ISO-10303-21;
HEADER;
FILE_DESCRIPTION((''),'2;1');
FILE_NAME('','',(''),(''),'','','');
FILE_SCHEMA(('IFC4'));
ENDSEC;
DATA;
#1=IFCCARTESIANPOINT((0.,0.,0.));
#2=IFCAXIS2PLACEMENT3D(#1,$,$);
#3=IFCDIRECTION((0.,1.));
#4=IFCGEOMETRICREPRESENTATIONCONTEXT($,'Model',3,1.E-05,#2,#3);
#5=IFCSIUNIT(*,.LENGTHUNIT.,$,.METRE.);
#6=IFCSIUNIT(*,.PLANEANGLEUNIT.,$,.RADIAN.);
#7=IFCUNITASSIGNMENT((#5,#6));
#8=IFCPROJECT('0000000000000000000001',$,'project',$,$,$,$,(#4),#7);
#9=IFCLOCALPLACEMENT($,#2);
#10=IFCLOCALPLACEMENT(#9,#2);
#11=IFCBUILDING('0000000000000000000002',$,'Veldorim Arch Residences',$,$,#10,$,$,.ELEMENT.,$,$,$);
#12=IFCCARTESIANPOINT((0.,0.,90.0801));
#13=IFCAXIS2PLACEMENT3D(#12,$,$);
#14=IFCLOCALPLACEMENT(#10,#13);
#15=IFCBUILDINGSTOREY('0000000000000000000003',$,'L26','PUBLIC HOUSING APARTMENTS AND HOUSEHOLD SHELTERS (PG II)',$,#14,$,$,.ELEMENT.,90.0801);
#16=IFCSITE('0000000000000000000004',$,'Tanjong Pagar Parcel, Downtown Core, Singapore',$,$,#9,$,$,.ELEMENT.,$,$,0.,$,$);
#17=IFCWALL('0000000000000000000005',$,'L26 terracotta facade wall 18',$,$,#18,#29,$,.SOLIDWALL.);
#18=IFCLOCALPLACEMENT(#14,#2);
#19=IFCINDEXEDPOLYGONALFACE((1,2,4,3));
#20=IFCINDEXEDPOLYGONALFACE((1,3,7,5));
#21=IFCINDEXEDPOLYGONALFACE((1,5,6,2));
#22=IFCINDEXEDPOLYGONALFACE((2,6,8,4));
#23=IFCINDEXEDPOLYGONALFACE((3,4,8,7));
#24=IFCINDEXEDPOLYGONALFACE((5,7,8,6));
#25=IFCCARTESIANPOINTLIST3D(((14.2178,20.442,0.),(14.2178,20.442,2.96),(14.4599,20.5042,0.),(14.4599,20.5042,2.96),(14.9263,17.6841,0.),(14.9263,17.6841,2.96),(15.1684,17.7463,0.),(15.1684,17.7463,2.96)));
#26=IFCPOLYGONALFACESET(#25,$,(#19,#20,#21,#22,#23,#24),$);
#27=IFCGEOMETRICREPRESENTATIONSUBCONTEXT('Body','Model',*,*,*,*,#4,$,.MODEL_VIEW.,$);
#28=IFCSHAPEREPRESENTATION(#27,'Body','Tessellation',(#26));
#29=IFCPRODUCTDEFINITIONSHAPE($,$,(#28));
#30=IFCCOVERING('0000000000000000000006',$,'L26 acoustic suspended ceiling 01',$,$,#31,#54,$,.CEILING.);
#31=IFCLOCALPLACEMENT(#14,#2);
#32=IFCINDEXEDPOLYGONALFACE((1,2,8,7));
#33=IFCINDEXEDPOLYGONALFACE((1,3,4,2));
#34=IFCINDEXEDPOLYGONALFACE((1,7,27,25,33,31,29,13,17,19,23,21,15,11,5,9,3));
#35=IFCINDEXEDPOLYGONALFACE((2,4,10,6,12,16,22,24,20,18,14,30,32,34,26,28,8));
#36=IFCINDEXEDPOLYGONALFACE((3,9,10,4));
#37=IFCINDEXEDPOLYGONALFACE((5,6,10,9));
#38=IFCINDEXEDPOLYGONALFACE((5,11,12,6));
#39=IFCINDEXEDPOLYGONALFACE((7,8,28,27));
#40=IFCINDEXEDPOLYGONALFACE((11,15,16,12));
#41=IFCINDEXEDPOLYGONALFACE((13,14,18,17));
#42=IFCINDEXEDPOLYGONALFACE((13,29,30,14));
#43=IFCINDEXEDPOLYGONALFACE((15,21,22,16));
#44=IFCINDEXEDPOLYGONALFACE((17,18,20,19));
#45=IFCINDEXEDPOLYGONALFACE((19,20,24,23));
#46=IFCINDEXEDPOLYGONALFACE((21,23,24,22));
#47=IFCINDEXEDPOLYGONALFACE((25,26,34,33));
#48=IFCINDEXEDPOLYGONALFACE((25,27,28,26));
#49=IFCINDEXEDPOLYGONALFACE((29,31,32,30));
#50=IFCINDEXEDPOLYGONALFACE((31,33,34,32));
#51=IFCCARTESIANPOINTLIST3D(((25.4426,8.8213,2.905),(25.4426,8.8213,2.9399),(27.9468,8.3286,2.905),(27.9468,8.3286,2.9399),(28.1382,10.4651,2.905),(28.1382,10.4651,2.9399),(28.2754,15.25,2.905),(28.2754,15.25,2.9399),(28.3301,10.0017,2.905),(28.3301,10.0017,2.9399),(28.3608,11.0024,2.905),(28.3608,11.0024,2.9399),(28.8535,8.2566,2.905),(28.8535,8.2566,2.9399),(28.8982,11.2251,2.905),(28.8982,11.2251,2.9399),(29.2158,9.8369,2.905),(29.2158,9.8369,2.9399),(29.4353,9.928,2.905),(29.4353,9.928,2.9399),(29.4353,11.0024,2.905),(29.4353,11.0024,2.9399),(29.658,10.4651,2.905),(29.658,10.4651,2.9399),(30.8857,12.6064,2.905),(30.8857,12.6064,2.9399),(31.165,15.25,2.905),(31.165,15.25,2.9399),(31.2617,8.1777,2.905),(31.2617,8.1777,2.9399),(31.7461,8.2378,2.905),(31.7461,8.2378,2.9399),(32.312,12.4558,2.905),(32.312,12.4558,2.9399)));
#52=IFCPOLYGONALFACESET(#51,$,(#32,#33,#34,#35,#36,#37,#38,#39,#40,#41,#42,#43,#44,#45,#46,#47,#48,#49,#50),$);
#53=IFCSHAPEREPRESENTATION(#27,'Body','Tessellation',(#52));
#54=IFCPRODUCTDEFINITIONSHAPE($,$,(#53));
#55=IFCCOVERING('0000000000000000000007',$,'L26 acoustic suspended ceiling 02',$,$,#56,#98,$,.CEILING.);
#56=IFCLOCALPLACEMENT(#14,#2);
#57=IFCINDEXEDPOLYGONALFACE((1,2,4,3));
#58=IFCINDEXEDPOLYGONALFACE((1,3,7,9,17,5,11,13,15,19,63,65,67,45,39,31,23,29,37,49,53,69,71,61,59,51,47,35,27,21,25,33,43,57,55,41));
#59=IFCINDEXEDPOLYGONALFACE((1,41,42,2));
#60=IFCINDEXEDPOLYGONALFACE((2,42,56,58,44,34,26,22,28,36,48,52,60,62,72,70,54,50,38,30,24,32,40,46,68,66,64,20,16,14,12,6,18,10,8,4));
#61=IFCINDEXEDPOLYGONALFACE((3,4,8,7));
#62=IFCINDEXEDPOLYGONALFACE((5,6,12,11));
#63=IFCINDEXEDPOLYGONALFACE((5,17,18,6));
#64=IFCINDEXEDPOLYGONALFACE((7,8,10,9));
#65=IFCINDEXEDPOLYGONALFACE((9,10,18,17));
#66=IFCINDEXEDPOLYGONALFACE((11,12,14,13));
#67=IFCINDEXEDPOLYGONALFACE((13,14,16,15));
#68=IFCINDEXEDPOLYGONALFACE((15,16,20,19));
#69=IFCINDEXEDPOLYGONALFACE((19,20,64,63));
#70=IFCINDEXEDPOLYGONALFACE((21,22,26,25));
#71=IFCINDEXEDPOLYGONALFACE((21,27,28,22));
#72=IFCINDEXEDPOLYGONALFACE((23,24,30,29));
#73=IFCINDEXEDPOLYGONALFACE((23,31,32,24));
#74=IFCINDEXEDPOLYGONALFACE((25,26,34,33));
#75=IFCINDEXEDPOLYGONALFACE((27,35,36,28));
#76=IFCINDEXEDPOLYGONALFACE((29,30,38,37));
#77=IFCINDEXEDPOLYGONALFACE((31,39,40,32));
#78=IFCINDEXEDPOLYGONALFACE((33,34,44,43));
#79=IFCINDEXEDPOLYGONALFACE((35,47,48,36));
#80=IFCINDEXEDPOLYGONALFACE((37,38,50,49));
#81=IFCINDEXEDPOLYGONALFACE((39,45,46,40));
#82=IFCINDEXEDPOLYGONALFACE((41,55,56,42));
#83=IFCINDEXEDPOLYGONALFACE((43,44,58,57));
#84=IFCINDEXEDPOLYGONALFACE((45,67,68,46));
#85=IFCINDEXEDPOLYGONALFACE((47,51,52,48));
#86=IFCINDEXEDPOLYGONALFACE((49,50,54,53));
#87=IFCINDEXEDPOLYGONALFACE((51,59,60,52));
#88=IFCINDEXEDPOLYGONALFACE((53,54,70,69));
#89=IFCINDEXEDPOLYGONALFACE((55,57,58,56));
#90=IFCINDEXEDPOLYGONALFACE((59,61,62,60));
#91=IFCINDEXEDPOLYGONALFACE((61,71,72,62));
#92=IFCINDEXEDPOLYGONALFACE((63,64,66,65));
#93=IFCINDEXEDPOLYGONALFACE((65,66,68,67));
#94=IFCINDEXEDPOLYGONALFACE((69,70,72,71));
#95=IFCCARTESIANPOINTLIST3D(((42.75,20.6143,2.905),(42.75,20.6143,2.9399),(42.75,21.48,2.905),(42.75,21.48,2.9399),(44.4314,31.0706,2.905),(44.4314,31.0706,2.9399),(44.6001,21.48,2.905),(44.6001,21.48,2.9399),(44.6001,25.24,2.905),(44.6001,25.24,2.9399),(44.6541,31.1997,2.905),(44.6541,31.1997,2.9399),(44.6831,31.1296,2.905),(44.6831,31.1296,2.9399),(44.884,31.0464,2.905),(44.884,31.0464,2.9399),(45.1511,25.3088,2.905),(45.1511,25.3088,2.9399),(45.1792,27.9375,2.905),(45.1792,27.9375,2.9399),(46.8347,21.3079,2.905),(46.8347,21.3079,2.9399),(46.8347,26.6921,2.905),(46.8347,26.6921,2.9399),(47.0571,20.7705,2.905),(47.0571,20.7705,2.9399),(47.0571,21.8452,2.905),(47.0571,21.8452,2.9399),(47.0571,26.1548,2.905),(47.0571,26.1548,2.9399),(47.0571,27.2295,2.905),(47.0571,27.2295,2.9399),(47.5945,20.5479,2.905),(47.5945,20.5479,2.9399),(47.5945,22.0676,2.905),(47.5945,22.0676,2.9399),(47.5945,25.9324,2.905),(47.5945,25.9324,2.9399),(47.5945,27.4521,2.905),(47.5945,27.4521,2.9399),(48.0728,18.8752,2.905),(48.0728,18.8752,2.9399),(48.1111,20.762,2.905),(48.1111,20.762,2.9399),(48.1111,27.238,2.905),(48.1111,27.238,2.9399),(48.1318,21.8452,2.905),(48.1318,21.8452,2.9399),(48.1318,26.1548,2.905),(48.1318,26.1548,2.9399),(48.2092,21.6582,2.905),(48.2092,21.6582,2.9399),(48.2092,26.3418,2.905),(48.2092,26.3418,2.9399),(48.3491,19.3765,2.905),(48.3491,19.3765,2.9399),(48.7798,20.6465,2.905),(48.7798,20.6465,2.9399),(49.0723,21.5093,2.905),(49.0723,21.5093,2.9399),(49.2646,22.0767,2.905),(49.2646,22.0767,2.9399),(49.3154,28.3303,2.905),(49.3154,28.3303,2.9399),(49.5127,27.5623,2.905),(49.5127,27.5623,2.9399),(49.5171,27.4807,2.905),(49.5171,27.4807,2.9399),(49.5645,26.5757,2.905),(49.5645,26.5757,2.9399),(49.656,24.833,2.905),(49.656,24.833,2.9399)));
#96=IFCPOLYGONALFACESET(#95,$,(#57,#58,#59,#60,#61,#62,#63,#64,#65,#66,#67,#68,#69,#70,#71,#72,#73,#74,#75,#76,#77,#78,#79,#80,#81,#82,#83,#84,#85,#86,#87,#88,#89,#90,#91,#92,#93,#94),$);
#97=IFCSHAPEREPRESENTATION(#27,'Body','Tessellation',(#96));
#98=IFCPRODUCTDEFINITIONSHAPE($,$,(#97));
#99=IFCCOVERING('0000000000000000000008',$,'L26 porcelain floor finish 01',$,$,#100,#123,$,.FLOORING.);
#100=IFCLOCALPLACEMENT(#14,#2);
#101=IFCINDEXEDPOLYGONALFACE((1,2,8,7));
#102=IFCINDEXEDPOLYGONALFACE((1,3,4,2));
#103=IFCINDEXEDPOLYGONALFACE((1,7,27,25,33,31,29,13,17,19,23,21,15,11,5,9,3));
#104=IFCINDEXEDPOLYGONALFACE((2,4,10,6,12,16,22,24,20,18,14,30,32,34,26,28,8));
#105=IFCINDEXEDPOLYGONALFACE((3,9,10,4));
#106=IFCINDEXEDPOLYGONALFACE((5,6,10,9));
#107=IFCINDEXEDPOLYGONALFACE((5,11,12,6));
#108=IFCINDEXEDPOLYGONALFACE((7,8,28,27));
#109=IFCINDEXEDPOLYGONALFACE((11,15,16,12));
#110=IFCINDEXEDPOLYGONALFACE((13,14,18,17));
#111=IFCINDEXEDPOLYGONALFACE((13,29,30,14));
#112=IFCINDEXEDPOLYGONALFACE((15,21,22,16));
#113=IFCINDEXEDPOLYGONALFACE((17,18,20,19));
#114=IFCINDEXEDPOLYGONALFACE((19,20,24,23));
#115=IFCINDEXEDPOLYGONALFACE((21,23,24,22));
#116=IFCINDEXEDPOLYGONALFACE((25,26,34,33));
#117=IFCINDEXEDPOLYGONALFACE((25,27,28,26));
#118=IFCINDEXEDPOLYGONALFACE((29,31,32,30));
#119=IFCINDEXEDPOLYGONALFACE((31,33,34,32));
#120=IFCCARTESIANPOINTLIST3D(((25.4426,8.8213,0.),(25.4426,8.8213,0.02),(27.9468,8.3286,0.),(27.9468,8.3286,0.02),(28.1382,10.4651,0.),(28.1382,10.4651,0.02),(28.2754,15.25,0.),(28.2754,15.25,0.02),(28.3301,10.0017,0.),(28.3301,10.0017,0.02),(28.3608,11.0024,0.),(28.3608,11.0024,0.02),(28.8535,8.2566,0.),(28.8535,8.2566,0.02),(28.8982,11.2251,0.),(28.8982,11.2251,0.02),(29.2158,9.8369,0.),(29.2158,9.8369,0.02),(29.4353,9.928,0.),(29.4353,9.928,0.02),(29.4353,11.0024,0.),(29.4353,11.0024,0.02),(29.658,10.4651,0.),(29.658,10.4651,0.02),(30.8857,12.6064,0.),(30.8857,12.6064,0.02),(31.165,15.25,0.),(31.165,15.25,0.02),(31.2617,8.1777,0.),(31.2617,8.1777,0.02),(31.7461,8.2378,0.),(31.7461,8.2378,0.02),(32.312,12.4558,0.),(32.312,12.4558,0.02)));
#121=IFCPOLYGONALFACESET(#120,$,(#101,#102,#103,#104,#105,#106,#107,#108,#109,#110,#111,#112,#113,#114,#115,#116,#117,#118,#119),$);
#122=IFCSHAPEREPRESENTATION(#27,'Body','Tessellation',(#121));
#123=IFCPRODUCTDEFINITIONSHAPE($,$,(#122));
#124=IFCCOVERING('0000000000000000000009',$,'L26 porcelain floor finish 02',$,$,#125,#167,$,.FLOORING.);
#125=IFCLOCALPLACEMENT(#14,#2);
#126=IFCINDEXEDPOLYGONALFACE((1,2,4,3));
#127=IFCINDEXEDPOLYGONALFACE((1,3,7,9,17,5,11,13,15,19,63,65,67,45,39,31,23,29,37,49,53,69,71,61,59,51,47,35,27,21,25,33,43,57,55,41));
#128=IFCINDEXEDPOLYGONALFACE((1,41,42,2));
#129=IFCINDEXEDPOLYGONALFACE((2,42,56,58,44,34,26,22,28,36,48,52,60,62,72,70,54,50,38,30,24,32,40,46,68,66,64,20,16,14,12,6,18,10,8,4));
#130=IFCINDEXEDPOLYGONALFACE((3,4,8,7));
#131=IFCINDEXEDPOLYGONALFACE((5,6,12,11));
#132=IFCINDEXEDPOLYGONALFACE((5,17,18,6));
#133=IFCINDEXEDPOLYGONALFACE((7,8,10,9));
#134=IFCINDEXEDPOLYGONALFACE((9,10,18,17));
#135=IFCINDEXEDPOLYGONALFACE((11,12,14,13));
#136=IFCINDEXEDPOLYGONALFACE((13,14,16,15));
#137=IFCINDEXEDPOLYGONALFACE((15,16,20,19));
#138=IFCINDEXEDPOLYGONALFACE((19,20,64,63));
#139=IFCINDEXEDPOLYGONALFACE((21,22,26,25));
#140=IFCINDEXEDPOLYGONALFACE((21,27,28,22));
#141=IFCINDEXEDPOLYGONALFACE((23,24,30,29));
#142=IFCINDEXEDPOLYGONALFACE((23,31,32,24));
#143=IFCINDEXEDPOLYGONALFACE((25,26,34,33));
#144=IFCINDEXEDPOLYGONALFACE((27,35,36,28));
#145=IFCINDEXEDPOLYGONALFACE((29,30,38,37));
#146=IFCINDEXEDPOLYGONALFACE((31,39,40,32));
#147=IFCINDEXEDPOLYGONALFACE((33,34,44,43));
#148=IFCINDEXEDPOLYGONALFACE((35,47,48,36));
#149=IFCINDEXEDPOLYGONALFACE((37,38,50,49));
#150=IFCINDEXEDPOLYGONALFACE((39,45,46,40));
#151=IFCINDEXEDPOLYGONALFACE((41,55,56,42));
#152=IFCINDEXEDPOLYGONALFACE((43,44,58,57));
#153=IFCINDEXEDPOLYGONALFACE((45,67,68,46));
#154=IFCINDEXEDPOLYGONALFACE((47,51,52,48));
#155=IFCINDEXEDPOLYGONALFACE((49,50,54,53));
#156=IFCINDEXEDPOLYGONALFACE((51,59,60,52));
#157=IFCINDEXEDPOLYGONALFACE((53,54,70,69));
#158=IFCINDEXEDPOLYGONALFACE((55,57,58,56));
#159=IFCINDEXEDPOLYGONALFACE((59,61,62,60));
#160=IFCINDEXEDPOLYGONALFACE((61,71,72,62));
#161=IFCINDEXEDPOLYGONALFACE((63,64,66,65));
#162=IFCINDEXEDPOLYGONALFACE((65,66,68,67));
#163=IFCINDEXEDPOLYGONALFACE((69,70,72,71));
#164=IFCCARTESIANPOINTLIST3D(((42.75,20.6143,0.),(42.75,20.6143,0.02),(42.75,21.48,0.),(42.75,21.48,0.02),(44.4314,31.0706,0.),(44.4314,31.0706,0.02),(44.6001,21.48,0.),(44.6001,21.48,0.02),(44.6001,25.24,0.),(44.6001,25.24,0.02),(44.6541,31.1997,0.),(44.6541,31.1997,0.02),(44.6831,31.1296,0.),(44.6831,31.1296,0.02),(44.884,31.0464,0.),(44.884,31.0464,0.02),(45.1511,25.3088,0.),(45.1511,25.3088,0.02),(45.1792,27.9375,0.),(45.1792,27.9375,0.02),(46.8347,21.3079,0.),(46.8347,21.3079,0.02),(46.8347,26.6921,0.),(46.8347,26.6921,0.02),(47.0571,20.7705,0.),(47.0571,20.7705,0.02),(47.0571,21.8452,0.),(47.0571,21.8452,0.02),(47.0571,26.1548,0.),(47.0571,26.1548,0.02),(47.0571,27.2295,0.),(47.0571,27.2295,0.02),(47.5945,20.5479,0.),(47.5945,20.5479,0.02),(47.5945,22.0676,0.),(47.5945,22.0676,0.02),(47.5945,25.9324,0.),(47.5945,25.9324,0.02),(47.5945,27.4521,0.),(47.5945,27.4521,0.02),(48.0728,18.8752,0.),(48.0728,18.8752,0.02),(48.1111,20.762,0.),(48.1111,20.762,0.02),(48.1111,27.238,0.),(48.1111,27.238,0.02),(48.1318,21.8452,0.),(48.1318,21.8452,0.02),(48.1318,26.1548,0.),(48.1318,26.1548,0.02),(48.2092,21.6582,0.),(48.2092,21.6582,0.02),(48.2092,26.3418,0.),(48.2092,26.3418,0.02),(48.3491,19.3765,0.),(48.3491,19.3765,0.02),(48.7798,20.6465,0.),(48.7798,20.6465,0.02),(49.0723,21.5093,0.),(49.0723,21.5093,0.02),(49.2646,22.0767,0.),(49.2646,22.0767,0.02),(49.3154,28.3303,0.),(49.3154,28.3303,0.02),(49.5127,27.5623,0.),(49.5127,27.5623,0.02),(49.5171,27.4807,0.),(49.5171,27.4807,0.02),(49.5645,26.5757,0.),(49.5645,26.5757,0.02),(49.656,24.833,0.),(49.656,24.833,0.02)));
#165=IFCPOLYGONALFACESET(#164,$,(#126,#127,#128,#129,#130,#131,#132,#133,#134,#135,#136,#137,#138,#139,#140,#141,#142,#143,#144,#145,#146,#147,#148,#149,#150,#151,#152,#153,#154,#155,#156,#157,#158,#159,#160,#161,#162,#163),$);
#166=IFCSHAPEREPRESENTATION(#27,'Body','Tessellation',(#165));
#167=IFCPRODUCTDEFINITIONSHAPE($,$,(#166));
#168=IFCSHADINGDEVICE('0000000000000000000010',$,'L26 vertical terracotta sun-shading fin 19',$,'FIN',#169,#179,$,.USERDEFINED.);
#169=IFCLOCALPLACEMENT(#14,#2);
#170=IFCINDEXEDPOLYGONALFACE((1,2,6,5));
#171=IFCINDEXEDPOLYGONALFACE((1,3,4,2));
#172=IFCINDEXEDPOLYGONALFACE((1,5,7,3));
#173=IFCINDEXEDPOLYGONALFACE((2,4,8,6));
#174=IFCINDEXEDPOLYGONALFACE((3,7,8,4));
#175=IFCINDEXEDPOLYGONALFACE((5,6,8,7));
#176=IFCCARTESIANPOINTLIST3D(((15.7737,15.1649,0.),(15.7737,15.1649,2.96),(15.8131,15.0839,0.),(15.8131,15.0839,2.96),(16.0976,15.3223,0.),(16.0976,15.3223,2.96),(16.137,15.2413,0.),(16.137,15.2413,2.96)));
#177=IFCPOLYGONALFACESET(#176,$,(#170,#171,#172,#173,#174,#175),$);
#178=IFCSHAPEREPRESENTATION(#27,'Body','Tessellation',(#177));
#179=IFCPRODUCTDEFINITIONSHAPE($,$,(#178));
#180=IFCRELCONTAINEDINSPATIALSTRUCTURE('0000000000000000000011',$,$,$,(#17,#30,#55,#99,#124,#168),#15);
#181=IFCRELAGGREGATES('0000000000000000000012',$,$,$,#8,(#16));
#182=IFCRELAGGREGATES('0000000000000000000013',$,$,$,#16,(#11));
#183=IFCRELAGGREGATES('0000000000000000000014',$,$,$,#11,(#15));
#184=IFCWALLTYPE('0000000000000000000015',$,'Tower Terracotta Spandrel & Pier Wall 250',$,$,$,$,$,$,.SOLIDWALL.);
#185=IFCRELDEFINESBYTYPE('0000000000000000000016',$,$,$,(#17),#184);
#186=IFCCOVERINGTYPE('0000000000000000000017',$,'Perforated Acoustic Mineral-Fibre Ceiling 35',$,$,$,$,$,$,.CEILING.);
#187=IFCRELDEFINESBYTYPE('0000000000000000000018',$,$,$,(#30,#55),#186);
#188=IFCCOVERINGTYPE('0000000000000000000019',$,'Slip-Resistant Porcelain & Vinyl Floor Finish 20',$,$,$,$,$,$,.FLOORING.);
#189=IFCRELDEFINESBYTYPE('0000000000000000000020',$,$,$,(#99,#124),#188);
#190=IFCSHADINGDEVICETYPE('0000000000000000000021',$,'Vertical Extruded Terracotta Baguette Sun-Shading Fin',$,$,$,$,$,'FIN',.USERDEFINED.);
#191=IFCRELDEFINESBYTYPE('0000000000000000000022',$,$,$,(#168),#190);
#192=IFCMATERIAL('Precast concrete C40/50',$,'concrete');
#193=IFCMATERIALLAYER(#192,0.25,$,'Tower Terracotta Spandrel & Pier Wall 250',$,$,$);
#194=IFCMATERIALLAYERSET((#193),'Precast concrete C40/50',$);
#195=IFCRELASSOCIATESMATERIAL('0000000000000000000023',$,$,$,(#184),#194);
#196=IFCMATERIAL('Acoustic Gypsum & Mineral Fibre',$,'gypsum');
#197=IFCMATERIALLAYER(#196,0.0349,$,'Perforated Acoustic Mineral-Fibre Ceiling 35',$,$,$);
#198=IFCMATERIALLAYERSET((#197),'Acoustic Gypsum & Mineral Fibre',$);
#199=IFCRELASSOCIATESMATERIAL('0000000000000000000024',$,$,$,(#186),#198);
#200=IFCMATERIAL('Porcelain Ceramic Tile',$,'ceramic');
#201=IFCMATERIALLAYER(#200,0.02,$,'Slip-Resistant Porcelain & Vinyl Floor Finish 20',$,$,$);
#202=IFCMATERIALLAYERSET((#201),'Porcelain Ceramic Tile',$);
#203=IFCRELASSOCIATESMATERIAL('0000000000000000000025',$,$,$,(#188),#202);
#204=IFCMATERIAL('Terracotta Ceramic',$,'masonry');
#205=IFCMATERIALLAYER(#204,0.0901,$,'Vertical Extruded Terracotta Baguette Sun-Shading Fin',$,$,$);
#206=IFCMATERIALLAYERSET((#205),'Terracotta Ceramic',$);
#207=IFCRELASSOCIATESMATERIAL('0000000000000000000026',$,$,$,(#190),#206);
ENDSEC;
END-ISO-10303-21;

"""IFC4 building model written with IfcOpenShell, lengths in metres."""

from ifc_helpers import new_model, si_unit, direction, frame, frame_2d, origin, origin_2d, place, context, subcontext, project, spatial, polyline, rectangle, outline, extrude, material, layer, layer_set, type_object, element, save


model = new_model("IFC4")

# Units and contexts
model_context = context("Model", 3, precision=1e-05, world=origin(), true_north=direction((0.0, 1.0)))
body_context = subcontext(model_context, "Body", "Model", "MODEL_VIEW")
ifc_project = project(units=[si_unit("LENGTHUNIT", "METRE"), si_unit("PLANEANGLEUNIT", "RADIAN")], contexts=[model_context])

# Site, building, storey
site_placement = place(None, origin())
site = spatial("IfcSite", under=ifc_project, at=site_placement, Name="Tanjong Pagar Parcel, Downtown Core, Singapore", CompositionType="ELEMENT", RefElevation=0.0)
building_placement = place(site_placement, origin())
building = spatial("IfcBuilding", under=site, at=building_placement, Name="Veldorim Arch Residences", CompositionType="ELEMENT")
storey_placement = place(building_placement, frame((0.0, 0.0, 90.0801)))
storey = spatial("IfcBuildingStorey", under=building, at=storey_placement, Name="L26", Description="PUBLIC HOUSING APARTMENTS AND HOUSEHOLD SHELTERS (PG II)", CompositionType="ELEMENT", Elevation=90.0801)

# Wall
ifc_material_1 = material(Name="Precast concrete C40/50", Category="concrete")
ifc_layer_1 = layer(ifc_material_1, 0.25, Name="Tower Terracotta Spandrel & Pier Wall 250")
ifc_layer_set_1 = layer_set([ifc_layer_1], Name="Precast concrete C40/50")
wall_type_1 = type_object("IfcWallType", Name="Tower Terracotta Spandrel & Pier Wall 250", PredefinedType="SOLIDWALL", material=ifc_layer_set_1)
wall_1_placement = place(storey_placement, frame((15.0474, 17.7151, 0.0), z_axis=(0.0, 0.0, 1.0), x_axis=(-0.248825, 0.968548, 0.0)))
element("IfcWall", 1, at=wall_1_placement, inside=storey, type_object=wall_type_1, Name="L26 terracotta facade wall 18", PredefinedType="SOLIDWALL", context=body_context, shape_type="SweptSolid", body=[
    extrude(rectangle(XDim=2.8474, YDim=0.25, at=frame_2d((1.4238, 0.0))), origin(), (0.0, 0.0, 1.0), 2.96),
])

# Coverings
ifc_material_2 = material(Name="Acoustic Gypsum & Mineral Fibre", Category="gypsum")
ifc_layer_2 = layer(ifc_material_2, 0.0349, Name="Perforated Acoustic Mineral-Fibre Ceiling 35")
ifc_layer_set_2 = layer_set([ifc_layer_2], Name="Acoustic Gypsum & Mineral Fibre")
covering_type_1 = type_object("IfcCoveringType", Name="Perforated Acoustic Mineral-Fibre Ceiling 35", PredefinedType="CEILING", material=ifc_layer_set_2)
covering_1_placement = place(storey_placement, frame((0.0, 0.0, 2.905)))
element("IfcCovering", 2, at=covering_1_placement, inside=storey, type_object=covering_type_1, Name="L26 acoustic suspended ceiling 01", PredefinedType="CEILING", context=body_context, shape_type="SweptSolid", body=[
    extrude(outline(polyline([(27.9468, 8.3286), (25.4426, 8.8213), (28.2754, 15.25), (31.165, 15.25), (30.8857, 12.6064), (32.312, 12.4558), (31.7461, 8.2378), (31.2617, 8.1777), (28.8535, 8.2566), (29.2158, 9.8369), (29.4353, 9.928), (29.658, 10.4651), (29.4353, 11.0024), (28.8982, 11.2251), (28.3608, 11.0024), (28.1382, 10.4651), (28.3301, 10.0017), (27.9468, 8.3286)])), origin(), (0.0, 0.0, 1.0), 0.0349),
])
covering_2_placement = place(storey_placement, frame((0.0, 0.0, 2.905)))
element("IfcCovering", 3, at=covering_2_placement, inside=storey, type_object=covering_type_1, Name="L26 acoustic suspended ceiling 02", PredefinedType="CEILING", context=body_context, shape_type="SweptSolid", body=[
    extrude(outline(polyline([(47.5945, 25.9324), (48.1318, 26.1548), (48.2092, 26.3418), (49.5645, 26.5757), (49.656, 24.833), (49.2646, 22.0767), (49.0723, 21.5093), (48.2092, 21.6582), (48.1318, 21.8452), (47.5945, 22.0676), (47.0571, 21.8452), (46.8347, 21.3079), (47.0571, 20.7705), (47.5945, 20.5479), (48.1111, 20.762), (48.7798, 20.6465), (48.3491, 19.3765), (48.0728, 18.8752), (42.75, 20.6143), (42.75, 21.48), (44.6001, 21.48), (44.6001, 25.24), (45.1511, 25.3088), (44.4314, 31.0706), (44.6541, 31.1997), (44.6831, 31.1296), (44.884, 31.0464), (45.1792, 27.9375), (49.3154, 28.3303), (49.5127, 27.5623), (49.5171, 27.4807), (48.1111, 27.238), (47.5945, 27.4521), (47.0571, 27.2295), (46.8347, 26.6921), (47.0571, 26.1548), (47.5945, 25.9324)])), origin(), (0.0, 0.0, 1.0), 0.0349),
])
ifc_material_3 = material(Name="Porcelain Ceramic Tile", Category="ceramic")
ifc_layer_3 = layer(ifc_material_3, 0.02, Name="Slip-Resistant Porcelain & Vinyl Floor Finish 20")
ifc_layer_set_3 = layer_set([ifc_layer_3], Name="Porcelain Ceramic Tile")
covering_type_2 = type_object("IfcCoveringType", Name="Slip-Resistant Porcelain & Vinyl Floor Finish 20", PredefinedType="FLOORING", material=ifc_layer_set_3)
covering_3_placement = place(storey_placement, origin())
element("IfcCovering", 4, at=covering_3_placement, inside=storey, type_object=covering_type_2, Name="L26 porcelain floor finish 01", PredefinedType="FLOORING", context=body_context, shape_type="SweptSolid", body=[
    extrude(outline(polyline([(27.9468, 8.3286), (25.4426, 8.8213), (28.2754, 15.25), (31.165, 15.25), (30.8857, 12.6064), (32.312, 12.4558), (31.7461, 8.2378), (31.2617, 8.1777), (28.8535, 8.2566), (29.2158, 9.8369), (29.4353, 9.928), (29.658, 10.4651), (29.4353, 11.0024), (28.8982, 11.2251), (28.3608, 11.0024), (28.1382, 10.4651), (28.3301, 10.0017), (27.9468, 8.3286)])), origin(), (0.0, 0.0, 1.0), 0.02),
])
covering_4_placement = place(storey_placement, origin())
element("IfcCovering", 5, at=covering_4_placement, inside=storey, type_object=covering_type_2, Name="L26 porcelain floor finish 02", PredefinedType="FLOORING", context=body_context, shape_type="SweptSolid", body=[
    extrude(outline(polyline([(47.5945, 25.9324), (48.1318, 26.1548), (48.2092, 26.3418), (49.5645, 26.5757), (49.656, 24.833), (49.2646, 22.0767), (49.0723, 21.5093), (48.2092, 21.6582), (48.1318, 21.8452), (47.5945, 22.0676), (47.0571, 21.8452), (46.8347, 21.3079), (47.0571, 20.7705), (47.5945, 20.5479), (48.1111, 20.762), (48.7798, 20.6465), (48.3491, 19.3765), (48.0728, 18.8752), (42.75, 20.6143), (42.75, 21.48), (44.6001, 21.48), (44.6001, 25.24), (45.1511, 25.3088), (44.4314, 31.0706), (44.6541, 31.1997), (44.6831, 31.1296), (44.884, 31.0464), (45.1792, 27.9375), (49.3154, 28.3303), (49.5127, 27.5623), (49.5171, 27.4807), (48.1111, 27.238), (47.5945, 27.4521), (47.0571, 27.2295), (46.8347, 26.6921), (47.0571, 26.1548), (47.5945, 25.9324)])), origin(), (0.0, 0.0, 1.0), 0.02),
])

# Shading device
ifc_material_4 = material(Name="Terracotta Ceramic", Category="masonry")
ifc_layer_4 = layer(ifc_material_4, 0.0901, Name="Vertical Extruded Terracotta Baguette Sun-Shading Fin")
ifc_layer_set_4 = layer_set([ifc_layer_4], Name="Terracotta Ceramic")
shading_device_type = type_object("IfcShadingDeviceType", Name="Vertical Extruded Terracotta Baguette Sun-Shading Fin", ElementType="FIN", PredefinedType="USERDEFINED", material=ifc_layer_set_4)
shading_device_placement = place(storey_placement, frame((15.9553, 15.2031, 0.0), z_axis=(0.0, 0.0, 1.0), x_axis=(-0.437116, 0.899405, 0.0)))
element("IfcShadingDevice", 6, at=shading_device_placement, inside=storey, type_object=shading_device_type, Name="L26 vertical terracotta sun-shading fin 19", ObjectType="FIN", PredefinedType="USERDEFINED", context=body_context, shape_type="SweptSolid", body=[
    extrude(rectangle(XDim=0.0901, YDim=0.3601, at=origin_2d()), origin(), (0.0, 0.0, 1.0), 2.96),
])

save(model, "model.ifc")
